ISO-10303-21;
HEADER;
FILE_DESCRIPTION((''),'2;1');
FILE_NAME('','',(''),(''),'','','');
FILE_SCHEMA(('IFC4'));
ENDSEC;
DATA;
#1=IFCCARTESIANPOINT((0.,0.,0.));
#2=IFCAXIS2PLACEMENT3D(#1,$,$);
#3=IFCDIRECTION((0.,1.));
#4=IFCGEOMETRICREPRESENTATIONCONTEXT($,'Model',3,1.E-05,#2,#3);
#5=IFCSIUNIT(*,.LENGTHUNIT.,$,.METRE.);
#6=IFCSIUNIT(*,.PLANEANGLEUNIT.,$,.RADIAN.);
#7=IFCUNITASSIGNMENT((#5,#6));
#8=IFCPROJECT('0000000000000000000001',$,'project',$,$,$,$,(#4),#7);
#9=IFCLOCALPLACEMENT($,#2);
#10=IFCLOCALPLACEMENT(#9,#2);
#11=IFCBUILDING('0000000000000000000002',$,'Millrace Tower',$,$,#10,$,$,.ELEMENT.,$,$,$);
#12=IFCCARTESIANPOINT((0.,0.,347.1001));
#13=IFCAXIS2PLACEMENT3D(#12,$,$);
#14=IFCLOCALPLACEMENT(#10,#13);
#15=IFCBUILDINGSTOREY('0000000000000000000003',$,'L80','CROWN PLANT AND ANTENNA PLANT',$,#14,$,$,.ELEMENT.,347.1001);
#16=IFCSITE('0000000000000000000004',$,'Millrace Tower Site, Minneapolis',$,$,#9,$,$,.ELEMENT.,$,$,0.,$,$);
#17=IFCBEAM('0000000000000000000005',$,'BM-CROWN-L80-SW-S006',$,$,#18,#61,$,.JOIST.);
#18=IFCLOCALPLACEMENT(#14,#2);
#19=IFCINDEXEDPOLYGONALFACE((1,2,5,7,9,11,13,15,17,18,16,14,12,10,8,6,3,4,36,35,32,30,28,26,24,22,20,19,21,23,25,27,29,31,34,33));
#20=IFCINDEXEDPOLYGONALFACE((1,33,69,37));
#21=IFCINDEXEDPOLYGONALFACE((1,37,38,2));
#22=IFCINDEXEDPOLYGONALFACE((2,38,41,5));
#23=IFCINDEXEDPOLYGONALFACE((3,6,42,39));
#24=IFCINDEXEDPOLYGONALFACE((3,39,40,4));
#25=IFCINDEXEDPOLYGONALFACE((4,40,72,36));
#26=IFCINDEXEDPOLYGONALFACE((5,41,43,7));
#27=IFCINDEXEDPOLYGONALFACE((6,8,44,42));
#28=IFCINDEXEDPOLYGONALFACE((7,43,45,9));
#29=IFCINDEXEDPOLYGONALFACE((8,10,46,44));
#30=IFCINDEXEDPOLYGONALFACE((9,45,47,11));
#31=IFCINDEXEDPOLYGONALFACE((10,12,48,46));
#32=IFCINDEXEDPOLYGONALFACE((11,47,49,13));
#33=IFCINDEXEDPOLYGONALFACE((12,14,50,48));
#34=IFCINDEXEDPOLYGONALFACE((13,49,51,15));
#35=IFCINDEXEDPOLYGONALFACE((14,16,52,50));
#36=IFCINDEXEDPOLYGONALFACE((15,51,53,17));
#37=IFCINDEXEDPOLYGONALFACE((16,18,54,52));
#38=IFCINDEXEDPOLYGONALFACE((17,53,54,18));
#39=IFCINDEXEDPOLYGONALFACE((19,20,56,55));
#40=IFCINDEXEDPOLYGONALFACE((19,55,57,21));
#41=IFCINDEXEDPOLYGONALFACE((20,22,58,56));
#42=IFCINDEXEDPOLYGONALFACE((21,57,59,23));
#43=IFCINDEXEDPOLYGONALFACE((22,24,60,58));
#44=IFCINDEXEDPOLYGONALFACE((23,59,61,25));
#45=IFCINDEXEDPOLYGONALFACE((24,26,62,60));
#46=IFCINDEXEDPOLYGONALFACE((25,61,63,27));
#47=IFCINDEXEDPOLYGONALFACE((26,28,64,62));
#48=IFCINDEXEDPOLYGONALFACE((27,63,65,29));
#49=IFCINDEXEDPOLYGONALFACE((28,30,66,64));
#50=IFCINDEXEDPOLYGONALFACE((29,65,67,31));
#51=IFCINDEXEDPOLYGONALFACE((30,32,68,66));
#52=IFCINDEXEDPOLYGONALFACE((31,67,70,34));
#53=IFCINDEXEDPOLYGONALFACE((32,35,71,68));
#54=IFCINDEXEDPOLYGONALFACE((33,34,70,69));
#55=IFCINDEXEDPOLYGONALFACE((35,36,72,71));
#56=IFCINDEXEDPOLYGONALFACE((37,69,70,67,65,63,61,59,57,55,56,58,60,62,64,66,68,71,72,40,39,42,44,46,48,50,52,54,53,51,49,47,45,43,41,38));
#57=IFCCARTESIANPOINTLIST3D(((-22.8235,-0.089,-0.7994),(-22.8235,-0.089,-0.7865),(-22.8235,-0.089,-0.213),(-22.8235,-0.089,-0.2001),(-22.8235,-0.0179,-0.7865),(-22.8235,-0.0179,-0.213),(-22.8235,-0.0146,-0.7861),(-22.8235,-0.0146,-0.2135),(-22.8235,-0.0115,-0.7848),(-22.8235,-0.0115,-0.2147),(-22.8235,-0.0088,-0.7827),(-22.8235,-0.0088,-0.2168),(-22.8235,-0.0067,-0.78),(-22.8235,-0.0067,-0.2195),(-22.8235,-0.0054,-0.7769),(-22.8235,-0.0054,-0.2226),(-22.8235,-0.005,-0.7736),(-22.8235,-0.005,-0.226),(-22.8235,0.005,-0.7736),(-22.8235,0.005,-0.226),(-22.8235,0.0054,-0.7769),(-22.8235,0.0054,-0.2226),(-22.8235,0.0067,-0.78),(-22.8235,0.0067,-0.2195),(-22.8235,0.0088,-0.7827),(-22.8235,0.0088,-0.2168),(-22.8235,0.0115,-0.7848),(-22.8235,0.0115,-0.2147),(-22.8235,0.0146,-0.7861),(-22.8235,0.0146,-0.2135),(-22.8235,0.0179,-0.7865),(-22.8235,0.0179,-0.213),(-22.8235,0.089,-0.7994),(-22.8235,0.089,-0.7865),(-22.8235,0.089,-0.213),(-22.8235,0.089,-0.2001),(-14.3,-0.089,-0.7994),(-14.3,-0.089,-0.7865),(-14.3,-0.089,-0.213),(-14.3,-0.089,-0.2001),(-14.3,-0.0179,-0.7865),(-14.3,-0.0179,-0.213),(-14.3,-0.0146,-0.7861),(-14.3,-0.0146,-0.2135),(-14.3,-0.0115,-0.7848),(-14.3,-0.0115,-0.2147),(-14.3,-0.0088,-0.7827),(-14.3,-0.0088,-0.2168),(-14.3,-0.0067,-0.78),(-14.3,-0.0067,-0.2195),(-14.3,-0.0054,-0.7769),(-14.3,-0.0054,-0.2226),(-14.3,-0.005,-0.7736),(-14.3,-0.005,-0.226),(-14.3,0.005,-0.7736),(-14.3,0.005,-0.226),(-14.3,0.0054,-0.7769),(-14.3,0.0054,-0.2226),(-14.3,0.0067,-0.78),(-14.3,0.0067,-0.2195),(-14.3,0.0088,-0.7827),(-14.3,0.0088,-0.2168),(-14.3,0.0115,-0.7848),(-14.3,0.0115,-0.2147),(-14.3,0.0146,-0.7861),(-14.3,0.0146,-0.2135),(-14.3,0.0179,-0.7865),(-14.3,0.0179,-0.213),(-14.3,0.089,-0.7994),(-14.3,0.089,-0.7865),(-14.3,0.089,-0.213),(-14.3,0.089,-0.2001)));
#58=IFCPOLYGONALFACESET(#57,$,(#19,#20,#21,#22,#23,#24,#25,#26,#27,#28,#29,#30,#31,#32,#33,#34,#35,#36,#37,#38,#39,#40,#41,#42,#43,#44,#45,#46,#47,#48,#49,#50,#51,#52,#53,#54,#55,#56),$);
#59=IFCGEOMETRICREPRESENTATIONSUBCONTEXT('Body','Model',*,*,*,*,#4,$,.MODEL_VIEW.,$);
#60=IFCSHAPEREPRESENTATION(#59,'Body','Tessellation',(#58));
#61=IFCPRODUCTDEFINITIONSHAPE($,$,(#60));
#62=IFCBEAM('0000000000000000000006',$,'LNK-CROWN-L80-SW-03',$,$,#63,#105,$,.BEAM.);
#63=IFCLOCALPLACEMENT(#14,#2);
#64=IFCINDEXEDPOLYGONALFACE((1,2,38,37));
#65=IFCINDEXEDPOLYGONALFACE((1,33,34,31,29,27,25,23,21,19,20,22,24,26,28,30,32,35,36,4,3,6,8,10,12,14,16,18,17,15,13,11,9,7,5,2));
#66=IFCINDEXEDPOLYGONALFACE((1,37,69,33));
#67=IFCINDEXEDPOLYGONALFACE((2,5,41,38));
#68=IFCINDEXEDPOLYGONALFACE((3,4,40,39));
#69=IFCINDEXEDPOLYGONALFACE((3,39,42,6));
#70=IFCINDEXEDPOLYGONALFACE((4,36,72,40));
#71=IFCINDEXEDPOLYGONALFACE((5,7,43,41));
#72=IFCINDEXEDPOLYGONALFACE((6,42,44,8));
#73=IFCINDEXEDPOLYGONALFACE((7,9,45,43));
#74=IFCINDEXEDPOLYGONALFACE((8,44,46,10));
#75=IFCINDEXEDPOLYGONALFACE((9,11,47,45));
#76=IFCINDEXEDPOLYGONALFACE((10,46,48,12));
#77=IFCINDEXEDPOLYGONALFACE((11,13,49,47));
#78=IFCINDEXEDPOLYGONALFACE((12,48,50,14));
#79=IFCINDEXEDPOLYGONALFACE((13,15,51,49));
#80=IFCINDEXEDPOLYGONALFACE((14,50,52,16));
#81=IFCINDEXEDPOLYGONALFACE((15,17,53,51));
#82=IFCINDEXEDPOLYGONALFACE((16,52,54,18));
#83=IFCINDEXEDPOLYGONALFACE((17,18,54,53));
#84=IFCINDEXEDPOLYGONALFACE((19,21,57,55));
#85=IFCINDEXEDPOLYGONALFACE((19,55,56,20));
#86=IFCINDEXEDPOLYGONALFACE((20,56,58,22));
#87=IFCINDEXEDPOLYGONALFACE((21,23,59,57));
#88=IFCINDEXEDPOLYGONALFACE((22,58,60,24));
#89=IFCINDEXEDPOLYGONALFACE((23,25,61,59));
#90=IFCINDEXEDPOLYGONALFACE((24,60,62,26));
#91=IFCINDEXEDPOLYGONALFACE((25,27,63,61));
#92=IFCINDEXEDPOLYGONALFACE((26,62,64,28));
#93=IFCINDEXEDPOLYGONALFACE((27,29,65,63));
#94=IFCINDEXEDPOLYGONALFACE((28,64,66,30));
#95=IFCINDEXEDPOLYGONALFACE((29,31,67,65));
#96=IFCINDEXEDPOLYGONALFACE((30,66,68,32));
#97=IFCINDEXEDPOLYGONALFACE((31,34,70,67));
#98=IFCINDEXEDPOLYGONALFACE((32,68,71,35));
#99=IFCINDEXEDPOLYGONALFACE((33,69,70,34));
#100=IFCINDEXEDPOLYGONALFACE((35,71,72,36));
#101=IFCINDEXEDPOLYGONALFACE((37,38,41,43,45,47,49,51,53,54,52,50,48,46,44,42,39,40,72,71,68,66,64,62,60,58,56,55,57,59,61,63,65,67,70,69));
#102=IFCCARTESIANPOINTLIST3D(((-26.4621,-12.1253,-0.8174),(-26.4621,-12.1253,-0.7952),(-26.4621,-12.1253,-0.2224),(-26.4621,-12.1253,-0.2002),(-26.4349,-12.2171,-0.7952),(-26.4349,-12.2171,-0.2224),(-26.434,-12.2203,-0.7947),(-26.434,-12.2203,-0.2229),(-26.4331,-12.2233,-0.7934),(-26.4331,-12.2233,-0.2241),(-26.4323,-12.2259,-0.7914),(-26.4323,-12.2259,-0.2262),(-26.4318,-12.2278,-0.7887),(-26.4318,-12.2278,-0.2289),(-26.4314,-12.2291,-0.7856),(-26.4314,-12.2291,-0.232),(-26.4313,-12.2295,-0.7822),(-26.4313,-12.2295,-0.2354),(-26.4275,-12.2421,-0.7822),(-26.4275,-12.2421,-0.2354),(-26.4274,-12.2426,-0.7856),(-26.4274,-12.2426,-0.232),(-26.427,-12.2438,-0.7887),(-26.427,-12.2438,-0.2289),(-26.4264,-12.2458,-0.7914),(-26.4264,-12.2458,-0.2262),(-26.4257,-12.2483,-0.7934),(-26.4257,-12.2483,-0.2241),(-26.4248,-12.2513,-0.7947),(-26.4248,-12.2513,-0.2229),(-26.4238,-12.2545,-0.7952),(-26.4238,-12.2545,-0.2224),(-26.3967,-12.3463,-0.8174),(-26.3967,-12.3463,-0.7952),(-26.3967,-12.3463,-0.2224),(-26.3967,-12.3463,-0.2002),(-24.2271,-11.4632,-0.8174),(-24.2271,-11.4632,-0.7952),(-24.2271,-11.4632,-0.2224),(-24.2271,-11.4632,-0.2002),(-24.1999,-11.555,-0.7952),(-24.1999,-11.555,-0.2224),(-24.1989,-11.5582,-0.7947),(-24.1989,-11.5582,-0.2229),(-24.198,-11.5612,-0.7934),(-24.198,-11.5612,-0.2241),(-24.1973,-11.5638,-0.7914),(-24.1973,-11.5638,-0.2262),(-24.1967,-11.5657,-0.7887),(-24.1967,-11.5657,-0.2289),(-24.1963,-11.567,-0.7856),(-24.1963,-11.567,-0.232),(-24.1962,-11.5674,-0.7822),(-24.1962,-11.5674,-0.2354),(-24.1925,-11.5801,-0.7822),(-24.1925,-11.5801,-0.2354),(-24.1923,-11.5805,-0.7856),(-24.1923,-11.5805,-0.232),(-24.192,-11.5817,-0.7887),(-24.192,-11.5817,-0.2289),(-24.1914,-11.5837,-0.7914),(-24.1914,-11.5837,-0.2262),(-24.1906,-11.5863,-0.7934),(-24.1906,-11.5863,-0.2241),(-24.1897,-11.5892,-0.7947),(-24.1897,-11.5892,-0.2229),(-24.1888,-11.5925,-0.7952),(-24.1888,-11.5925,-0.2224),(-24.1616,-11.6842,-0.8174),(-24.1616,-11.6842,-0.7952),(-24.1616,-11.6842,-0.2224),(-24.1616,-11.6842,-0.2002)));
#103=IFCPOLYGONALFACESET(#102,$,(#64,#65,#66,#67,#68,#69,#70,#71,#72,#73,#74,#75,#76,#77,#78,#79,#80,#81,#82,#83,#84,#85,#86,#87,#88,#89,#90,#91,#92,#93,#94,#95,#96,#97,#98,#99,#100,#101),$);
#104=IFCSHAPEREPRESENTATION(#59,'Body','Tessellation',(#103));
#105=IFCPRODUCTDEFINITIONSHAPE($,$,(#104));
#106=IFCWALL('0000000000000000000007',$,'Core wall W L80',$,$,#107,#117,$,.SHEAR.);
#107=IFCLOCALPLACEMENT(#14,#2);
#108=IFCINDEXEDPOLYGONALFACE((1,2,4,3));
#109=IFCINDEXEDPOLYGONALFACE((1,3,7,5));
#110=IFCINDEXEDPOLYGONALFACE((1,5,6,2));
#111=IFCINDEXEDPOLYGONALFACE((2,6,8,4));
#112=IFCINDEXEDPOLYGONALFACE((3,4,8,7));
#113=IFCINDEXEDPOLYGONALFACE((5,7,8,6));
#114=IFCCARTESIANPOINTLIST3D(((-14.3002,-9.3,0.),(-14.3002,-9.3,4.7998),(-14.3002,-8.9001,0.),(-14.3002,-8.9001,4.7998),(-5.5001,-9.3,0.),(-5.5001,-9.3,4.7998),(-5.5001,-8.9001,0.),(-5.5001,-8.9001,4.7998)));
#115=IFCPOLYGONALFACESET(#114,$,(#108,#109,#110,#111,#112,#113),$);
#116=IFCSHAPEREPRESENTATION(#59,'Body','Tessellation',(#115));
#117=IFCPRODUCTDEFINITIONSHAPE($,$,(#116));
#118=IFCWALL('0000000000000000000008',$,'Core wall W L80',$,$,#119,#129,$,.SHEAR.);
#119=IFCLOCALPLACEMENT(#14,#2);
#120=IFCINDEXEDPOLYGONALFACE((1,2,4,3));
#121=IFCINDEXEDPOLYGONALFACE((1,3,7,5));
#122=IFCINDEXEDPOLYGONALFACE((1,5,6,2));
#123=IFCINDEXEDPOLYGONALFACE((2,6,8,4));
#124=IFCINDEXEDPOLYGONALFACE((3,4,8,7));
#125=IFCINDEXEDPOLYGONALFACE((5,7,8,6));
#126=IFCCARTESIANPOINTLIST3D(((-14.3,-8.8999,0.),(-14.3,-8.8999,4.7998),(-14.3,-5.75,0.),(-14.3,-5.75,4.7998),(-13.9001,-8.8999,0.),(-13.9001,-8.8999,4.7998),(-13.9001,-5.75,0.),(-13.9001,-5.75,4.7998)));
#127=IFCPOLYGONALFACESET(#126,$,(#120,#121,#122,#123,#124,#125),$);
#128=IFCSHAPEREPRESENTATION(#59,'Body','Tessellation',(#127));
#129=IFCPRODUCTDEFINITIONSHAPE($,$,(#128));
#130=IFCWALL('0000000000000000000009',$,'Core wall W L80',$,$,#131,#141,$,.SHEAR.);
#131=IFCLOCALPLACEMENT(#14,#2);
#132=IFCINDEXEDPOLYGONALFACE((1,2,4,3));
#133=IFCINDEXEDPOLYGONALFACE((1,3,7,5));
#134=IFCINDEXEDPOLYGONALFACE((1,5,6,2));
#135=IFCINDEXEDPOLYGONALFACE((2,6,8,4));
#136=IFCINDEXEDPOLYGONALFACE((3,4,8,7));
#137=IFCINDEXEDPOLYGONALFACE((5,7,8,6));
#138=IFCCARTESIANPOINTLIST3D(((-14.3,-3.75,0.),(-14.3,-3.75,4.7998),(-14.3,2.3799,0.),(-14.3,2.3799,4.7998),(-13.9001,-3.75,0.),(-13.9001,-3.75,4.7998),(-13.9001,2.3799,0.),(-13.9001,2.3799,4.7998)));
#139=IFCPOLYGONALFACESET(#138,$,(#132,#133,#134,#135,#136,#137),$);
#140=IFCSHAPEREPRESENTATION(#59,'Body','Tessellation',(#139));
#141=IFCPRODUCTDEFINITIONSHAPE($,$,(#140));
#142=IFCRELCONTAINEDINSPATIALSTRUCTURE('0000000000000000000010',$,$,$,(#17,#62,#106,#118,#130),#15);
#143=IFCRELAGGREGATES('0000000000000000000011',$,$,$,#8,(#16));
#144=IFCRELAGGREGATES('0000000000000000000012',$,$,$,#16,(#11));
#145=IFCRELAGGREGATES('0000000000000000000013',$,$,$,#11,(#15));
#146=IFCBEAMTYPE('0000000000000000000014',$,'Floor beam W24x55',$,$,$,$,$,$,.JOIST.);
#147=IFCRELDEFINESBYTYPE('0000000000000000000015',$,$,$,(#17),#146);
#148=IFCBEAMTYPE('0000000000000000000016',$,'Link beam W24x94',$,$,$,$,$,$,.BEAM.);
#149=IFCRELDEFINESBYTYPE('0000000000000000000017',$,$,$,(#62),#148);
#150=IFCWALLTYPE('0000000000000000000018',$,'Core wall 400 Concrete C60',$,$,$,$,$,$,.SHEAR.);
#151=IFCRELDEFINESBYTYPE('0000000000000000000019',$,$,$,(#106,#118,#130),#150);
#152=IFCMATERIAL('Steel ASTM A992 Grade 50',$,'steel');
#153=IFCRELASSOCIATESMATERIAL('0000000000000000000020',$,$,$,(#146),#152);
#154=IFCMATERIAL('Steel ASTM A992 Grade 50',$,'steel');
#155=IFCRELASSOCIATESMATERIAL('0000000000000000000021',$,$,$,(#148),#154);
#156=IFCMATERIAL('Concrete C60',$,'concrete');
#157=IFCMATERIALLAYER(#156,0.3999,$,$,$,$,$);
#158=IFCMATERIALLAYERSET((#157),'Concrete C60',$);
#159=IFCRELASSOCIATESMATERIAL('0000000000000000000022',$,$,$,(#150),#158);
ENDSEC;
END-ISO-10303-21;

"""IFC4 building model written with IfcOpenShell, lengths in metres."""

from ifc_helpers import new_model, si_unit, direction, frame, frame_2d, origin, origin_2d, place, context, subcontext, project, spatial, rectangle, i_section, extrude, material, layer, layer_set, material_profile, profile_set, type_object, element, save


model = new_model("IFC4")

# Units and contexts
model_context = context("Model", 3, precision=1e-05, world=origin(), true_north=direction((0.0, 1.0)))
body_context = subcontext(model_context, "Body", "Model", "MODEL_VIEW")
ifc_project = project(units=[si_unit("LENGTHUNIT", "METRE"), si_unit("PLANEANGLEUNIT", "RADIAN")], contexts=[model_context])

# Site, building, storey
site_placement = place(None, origin())
site = spatial("IfcSite", under=ifc_project, at=site_placement, Name="Millrace Tower Site, Minneapolis", CompositionType="ELEMENT", RefElevation=0.0)
building_placement = place(site_placement, origin())
building = spatial("IfcBuilding", under=site, at=building_placement, Name="Millrace Tower", CompositionType="ELEMENT")
storey_placement = place(building_placement, frame((0.0, 0.0, 347.1001)))
storey = spatial("IfcBuildingStorey", under=building, at=storey_placement, Name="L80", Description="CROWN PLANT AND ANTENNA PLANT", CompositionType="ELEMENT", Elevation=347.1001)

# Beams
ifc_material_1 = material(Name="Steel ASTM A992 Grade 50", Category="steel")
ifc_material_profile_1 = material_profile(ifc_material_1, i_section(OverallWidth=0.178, OverallDepth=0.5994, WebThickness=0.01, FlangeThickness=0.0129, FilletRadius=0.0129, at=origin_2d()))
ifc_profile_set_1 = profile_set([ifc_material_profile_1], Name="Steel ASTM A992 Grade 50")
beam_type_1 = type_object("IfcBeamType", Name="Floor beam W24x55", PredefinedType="JOIST", material=ifc_profile_set_1)
beam_1_placement = place(storey_placement, frame((-22.8235, 0.0, -0.4998), z_axis=(1.0, 0.0, 0.0), x_axis=(0.0, 1.0, 0.0)))
element("IfcBeam", 1, at=beam_1_placement, inside=storey, type_object=beam_type_1, Name="BM-CROWN-L80-SW-S006", PredefinedType="JOIST", context=body_context, shape_type="SweptSolid", body=[
    extrude(i_section(OverallWidth=0.178, OverallDepth=0.5994, WebThickness=0.01, FlangeThickness=0.0129, FilletRadius=0.0129, at=origin_2d()), origin(), (0.0, 0.0, 1.0), 8.5234),
])
ifc_material_2 = material(Name="Steel ASTM A992 Grade 50", Category="steel")
ifc_material_profile_2 = material_profile(ifc_material_2, i_section(OverallWidth=0.2305, OverallDepth=0.6172, WebThickness=0.0132, FlangeThickness=0.0222, FilletRadius=0.0129, at=origin_2d()))
ifc_profile_set_2 = profile_set([ifc_material_profile_2], Name="Steel ASTM A992 Grade 50")
beam_type_2 = type_object("IfcBeamType", Name="Link beam W24x94", PredefinedType="BEAM", material=ifc_profile_set_2)
beam_2_placement = place(storey_placement, frame((-24.1943, -11.5737, -0.5088), z_axis=(-0.958815, -0.284031, 0.0), x_axis=(0.284031, -0.958815, 0.0)))
element("IfcBeam", 2, at=beam_2_placement, inside=storey, type_object=beam_type_2, Name="LNK-CROWN-L80-SW-03", PredefinedType="BEAM", context=body_context, shape_type="SweptSolid", body=[
    extrude(i_section(OverallWidth=0.2305, OverallDepth=0.6172, WebThickness=0.0132, FlangeThickness=0.0222, FilletRadius=0.0129, at=origin_2d()), origin(), (0.0, 0.0, 1.0), 2.3311),
])

# Walls
ifc_material_3 = material(Name="Concrete C60", Category="concrete")
ifc_layer_1 = layer(ifc_material_3, 0.3999)
ifc_layer_set_1 = layer_set([ifc_layer_1], Name="Concrete C60")
wall_type_1 = type_object("IfcWallType", Name="Core wall 400 Concrete C60", PredefinedType="SHEAR", material=ifc_layer_set_1)
wall_1_placement = place(storey_placement, frame((-14.3, -9.1001, 0.0), z_axis=(0.0, 0.0, 1.0), x_axis=(1.0, 0.0, 0.0)))
element("IfcWall", 3, at=wall_1_placement, inside=storey, type_object=wall_type_1, Name="Core wall W L80", PredefinedType="SHEAR", context=body_context, shape_type="SweptSolid", body=[
    extrude(rectangle(XDim=8.8, YDim=0.3999, at=frame_2d((4.3999, 0.0))), origin(), (0.0, 0.0, 1.0), 4.7998),
])
wall_2_placement = place(storey_placement, frame((-14.1001, -8.8999, 0.0), z_axis=(0.0, 0.0, 1.0), x_axis=(0.0, 1.0, 0.0)))
element("IfcWall", 4, at=wall_2_placement, inside=storey, type_object=wall_type_1, Name="Core wall W L80", PredefinedType="SHEAR", context=body_context, shape_type="SweptSolid", body=[
    extrude(rectangle(XDim=3.1499, YDim=0.3999, at=frame_2d((1.575, 0.0))), origin(), (0.0, 0.0, 1.0), 4.7998),
])
wall_3_placement = place(storey_placement, frame((-14.1001, -3.75, 0.0), z_axis=(0.0, 0.0, 1.0), x_axis=(0.0, 1.0, 0.0)))
element("IfcWall", 5, at=wall_3_placement, inside=storey, type_object=wall_type_1, Name="Core wall W L80", PredefinedType="SHEAR", context=body_context, shape_type="SweptSolid", body=[
    extrude(rectangle(XDim=6.1299, YDim=0.3999, at=frame_2d((3.0649, 0.0))), origin(), (0.0, 0.0, 1.0), 4.7998),
])

save(model, "model.ifc")
